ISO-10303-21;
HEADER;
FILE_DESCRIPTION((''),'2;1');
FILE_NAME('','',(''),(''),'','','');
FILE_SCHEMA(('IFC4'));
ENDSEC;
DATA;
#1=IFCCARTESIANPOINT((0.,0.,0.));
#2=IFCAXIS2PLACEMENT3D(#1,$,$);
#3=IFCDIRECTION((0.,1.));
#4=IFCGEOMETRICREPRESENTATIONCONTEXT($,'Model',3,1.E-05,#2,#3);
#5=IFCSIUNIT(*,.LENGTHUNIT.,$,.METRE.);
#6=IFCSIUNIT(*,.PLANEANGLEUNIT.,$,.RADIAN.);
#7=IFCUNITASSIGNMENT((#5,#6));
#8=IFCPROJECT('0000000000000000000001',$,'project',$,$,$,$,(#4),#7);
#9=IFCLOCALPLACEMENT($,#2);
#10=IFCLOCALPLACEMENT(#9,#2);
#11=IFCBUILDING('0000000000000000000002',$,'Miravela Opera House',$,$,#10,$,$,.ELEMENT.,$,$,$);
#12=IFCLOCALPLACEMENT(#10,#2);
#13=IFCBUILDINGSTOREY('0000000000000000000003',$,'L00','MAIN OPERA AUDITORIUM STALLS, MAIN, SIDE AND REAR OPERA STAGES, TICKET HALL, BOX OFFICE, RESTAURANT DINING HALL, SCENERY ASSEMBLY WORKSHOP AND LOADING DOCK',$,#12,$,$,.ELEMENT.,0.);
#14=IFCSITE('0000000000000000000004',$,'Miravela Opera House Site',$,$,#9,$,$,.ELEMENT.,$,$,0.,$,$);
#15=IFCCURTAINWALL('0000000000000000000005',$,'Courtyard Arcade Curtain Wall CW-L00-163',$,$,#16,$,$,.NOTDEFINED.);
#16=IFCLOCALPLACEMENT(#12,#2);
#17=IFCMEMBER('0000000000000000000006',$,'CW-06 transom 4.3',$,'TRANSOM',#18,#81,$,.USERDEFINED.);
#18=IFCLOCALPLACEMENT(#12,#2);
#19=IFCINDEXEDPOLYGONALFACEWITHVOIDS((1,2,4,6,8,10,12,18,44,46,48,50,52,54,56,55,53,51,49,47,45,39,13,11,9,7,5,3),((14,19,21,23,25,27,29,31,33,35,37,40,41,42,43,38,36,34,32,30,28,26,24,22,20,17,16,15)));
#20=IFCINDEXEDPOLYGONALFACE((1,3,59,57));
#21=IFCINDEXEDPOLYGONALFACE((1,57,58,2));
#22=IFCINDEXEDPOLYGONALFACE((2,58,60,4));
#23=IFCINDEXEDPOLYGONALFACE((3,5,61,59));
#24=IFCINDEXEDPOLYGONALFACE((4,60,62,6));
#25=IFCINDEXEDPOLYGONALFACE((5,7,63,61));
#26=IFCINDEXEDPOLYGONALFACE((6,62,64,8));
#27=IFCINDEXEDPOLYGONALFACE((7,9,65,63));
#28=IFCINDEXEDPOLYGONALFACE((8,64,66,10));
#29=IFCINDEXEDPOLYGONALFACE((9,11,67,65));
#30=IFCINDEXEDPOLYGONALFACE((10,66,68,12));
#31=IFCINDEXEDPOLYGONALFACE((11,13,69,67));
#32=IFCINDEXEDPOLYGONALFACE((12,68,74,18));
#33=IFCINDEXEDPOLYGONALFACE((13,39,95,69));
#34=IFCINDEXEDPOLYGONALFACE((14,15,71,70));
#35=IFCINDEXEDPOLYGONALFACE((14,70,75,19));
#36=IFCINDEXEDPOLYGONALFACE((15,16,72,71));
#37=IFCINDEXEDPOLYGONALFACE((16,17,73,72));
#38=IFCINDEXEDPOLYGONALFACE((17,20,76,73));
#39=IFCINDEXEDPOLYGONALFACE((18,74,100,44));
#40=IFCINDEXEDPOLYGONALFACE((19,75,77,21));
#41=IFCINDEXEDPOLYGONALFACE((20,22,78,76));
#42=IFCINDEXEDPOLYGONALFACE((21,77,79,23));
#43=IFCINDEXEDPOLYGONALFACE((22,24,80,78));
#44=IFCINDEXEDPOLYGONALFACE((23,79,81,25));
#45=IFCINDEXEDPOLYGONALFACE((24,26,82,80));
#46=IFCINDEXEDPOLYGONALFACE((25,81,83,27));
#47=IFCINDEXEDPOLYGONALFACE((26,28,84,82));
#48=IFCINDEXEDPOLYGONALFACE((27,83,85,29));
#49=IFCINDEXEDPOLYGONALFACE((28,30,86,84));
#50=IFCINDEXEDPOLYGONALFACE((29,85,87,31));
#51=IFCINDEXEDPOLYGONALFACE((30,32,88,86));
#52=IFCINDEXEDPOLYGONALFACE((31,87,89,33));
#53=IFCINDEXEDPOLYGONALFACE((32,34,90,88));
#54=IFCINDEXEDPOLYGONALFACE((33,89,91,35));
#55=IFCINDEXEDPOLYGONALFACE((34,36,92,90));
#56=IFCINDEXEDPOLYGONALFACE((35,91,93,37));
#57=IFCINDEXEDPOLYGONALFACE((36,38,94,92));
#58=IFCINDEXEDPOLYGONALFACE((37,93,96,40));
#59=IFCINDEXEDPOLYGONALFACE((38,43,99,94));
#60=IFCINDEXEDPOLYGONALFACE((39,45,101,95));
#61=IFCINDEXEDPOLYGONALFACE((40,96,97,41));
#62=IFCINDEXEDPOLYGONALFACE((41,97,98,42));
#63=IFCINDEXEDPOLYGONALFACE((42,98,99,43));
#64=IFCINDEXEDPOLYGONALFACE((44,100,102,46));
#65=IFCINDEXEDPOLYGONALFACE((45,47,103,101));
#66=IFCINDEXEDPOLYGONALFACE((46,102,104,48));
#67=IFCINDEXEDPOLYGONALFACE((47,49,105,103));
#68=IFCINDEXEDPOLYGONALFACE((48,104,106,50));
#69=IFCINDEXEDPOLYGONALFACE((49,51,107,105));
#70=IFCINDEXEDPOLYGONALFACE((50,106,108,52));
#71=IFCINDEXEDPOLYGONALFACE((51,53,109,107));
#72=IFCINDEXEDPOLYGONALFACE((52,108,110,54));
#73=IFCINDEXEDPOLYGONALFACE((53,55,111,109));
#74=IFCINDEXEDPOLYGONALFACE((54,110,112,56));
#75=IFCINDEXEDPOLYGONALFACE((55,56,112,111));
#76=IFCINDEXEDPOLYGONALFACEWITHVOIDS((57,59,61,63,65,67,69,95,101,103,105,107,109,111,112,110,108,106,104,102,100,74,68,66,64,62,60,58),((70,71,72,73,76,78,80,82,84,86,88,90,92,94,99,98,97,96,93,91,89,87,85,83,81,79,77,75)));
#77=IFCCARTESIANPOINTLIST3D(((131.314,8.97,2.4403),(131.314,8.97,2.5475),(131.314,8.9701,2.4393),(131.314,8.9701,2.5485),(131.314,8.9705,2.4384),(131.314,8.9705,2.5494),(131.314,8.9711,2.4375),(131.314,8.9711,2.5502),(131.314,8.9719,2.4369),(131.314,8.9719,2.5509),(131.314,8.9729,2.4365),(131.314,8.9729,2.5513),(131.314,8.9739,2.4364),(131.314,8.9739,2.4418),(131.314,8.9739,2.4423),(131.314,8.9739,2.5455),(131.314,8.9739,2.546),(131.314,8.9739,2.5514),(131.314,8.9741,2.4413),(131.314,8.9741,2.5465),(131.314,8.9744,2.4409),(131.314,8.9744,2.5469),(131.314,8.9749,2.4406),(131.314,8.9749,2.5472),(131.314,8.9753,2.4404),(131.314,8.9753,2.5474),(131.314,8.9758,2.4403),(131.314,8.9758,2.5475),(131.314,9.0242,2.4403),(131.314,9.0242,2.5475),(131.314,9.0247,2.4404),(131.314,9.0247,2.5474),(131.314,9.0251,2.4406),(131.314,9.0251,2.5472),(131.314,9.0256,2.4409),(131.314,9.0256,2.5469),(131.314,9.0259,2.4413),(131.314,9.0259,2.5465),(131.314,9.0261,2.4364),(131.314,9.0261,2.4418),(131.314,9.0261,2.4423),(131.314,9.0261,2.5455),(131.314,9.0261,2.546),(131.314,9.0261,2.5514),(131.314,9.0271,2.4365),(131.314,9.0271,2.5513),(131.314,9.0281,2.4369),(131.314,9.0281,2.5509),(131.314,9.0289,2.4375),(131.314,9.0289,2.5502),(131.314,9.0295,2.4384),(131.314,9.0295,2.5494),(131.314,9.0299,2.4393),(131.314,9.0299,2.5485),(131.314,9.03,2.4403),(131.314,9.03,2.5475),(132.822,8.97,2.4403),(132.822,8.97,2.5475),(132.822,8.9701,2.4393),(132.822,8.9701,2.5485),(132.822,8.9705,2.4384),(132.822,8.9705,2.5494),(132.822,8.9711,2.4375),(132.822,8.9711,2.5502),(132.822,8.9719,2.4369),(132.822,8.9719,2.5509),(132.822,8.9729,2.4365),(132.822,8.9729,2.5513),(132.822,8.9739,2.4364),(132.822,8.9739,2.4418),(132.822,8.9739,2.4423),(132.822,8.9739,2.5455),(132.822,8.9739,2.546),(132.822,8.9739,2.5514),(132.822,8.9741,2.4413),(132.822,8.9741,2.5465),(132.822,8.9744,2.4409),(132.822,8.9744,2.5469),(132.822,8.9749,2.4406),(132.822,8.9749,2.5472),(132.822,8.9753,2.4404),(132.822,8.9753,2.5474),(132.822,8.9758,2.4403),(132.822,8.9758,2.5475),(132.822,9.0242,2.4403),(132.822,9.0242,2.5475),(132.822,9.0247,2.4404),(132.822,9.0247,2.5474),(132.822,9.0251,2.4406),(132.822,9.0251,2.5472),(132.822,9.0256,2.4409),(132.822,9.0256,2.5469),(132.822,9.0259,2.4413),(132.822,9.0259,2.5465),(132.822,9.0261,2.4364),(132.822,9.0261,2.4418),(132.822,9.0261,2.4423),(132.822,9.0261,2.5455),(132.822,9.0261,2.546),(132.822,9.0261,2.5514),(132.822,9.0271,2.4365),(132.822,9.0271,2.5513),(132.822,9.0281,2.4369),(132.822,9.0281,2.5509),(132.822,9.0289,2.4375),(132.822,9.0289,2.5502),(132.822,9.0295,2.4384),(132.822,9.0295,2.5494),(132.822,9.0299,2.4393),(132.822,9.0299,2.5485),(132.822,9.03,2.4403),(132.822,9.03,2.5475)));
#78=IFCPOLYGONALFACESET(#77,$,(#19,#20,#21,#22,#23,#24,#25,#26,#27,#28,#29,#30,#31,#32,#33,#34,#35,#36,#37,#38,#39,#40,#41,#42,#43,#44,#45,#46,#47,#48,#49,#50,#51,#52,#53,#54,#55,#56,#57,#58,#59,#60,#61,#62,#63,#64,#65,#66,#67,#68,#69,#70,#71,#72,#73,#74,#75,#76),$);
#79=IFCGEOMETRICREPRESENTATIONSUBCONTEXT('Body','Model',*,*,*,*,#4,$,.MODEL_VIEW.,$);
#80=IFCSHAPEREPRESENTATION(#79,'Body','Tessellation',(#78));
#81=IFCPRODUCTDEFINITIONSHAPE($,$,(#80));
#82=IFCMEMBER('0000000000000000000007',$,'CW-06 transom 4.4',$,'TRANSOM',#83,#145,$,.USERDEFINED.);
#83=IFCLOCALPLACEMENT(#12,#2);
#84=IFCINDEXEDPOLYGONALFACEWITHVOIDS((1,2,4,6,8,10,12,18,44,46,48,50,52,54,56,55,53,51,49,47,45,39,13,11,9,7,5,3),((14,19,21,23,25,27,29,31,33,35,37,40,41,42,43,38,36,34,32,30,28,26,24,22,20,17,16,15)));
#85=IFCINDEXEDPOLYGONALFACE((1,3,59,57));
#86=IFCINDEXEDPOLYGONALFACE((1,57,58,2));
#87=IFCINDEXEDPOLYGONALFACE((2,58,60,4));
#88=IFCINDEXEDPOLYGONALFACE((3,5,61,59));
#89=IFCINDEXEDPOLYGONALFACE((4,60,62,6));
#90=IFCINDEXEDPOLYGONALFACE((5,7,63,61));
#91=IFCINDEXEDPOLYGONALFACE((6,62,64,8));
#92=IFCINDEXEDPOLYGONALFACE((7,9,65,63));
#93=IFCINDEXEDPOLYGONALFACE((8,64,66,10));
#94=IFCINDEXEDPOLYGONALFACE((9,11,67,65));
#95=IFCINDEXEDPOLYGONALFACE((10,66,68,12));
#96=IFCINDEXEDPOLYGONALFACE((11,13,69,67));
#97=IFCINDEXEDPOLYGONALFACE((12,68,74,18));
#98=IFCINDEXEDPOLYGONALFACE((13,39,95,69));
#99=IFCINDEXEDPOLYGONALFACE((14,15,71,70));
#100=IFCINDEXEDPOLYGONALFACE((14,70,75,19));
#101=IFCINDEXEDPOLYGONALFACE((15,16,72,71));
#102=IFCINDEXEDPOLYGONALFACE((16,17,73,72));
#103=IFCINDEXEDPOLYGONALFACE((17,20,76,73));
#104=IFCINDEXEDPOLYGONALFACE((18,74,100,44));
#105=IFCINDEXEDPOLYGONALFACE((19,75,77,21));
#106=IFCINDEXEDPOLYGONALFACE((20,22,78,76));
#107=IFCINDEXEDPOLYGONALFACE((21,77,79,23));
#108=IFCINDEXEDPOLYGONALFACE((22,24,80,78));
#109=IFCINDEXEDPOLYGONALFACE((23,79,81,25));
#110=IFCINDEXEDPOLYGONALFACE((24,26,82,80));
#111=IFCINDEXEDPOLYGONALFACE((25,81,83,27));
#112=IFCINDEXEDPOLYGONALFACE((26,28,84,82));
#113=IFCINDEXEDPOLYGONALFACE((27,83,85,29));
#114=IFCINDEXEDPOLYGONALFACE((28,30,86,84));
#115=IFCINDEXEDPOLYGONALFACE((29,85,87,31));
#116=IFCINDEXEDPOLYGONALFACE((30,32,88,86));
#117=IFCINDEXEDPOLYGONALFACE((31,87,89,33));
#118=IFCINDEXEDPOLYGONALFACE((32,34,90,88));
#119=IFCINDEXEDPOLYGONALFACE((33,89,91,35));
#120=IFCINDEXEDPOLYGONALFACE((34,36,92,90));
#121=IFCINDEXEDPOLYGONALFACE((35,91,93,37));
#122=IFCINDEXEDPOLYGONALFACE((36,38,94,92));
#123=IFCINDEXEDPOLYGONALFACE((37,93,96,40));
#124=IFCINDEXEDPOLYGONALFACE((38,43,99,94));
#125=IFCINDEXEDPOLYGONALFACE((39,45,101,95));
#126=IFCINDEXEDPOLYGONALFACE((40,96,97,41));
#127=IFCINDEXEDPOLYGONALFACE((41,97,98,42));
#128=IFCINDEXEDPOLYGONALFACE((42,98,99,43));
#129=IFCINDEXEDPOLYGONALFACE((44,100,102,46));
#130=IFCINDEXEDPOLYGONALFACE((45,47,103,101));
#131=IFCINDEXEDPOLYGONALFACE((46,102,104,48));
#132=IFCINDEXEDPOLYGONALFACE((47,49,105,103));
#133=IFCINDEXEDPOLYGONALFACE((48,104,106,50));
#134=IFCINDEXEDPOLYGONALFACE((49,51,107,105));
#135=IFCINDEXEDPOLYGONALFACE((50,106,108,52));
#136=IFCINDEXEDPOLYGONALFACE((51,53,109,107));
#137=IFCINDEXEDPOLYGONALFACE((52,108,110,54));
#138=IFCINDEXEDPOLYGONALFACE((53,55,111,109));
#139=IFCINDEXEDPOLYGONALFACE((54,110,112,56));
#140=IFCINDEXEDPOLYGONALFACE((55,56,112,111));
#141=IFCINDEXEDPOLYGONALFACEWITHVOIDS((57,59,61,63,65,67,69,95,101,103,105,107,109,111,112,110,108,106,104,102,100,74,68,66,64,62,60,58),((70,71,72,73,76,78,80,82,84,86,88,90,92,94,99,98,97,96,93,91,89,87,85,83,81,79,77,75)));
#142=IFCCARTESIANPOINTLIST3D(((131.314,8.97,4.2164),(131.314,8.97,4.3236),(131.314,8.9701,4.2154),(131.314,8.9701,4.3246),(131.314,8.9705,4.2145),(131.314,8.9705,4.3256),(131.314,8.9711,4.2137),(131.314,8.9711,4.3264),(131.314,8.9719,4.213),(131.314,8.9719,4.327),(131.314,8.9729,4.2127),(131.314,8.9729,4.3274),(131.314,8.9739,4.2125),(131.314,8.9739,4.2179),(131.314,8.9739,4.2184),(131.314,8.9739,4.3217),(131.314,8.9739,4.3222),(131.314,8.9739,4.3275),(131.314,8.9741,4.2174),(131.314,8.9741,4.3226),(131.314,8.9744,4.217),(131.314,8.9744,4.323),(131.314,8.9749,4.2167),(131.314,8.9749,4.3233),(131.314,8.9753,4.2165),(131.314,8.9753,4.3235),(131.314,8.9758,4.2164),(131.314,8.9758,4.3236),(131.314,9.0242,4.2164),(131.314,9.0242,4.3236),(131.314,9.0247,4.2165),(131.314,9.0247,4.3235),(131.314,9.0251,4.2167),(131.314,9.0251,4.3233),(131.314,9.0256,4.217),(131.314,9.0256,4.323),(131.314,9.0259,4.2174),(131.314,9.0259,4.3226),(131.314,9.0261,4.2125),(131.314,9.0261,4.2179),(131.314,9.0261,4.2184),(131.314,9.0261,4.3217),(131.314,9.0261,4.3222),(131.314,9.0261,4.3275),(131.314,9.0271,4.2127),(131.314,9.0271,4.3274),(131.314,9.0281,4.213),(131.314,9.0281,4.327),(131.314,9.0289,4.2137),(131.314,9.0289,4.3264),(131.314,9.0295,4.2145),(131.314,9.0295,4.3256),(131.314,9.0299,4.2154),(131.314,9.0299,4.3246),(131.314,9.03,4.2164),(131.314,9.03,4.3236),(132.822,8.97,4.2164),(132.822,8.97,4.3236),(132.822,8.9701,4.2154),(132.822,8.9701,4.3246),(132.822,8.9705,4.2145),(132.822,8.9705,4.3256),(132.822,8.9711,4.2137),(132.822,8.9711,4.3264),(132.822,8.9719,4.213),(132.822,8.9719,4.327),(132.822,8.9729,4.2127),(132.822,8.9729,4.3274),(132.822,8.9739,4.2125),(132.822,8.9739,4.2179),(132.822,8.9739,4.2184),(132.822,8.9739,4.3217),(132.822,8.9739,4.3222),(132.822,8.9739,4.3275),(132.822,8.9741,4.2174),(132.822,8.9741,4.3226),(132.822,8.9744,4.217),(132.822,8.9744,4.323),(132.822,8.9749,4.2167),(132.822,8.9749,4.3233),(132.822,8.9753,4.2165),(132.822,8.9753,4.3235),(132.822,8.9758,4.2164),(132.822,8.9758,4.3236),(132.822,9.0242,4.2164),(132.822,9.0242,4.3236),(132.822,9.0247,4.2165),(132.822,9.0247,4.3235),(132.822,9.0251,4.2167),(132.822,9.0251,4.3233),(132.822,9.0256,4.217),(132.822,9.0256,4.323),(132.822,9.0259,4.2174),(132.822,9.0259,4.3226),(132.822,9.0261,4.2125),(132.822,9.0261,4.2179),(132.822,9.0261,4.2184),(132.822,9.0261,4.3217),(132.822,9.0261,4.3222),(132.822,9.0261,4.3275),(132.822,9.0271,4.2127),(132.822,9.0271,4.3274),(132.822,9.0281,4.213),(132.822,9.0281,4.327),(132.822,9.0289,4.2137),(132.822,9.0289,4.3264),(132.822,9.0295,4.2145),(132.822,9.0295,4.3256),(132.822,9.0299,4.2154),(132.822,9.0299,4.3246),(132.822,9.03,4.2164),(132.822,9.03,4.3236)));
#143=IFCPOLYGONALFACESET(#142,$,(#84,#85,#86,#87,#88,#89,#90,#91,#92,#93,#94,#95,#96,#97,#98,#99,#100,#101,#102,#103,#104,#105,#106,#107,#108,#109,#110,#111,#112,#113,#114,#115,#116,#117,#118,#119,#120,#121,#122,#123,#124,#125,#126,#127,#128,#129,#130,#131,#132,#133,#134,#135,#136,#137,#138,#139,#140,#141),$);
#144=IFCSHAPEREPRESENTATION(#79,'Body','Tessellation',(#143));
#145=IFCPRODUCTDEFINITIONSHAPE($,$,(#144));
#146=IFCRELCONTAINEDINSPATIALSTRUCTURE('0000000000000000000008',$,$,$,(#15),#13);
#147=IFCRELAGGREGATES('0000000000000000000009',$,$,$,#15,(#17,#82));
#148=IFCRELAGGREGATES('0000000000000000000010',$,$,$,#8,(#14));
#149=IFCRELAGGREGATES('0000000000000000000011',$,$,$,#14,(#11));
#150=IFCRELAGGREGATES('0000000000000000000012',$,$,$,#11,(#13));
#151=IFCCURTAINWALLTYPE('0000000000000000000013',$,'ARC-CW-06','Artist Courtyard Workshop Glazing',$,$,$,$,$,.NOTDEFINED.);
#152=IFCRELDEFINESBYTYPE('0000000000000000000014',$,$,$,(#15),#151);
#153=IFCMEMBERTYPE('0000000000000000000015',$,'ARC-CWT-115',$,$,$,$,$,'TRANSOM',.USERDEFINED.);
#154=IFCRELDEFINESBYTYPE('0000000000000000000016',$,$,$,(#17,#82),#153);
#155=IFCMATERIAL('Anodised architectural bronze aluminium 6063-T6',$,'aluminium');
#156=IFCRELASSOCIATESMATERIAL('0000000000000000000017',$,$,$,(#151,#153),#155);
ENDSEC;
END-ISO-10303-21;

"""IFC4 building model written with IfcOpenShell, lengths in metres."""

from ifc_helpers import new_model, si_unit, direction, frame, origin, origin_2d, place, context, subcontext, project, spatial, hollow_rectangle, extrude, material, material_profile, profile_set, type_object, element, aggregate, save


model = new_model("IFC4")

# Units and contexts
model_context = context("Model", 3, precision=1e-05, world=origin(), true_north=direction((0.0, 1.0)))
body_context = subcontext(model_context, "Body", "Model", "MODEL_VIEW")
ifc_project = project(units=[si_unit("LENGTHUNIT", "METRE"), si_unit("PLANEANGLEUNIT", "RADIAN")], contexts=[model_context])

# Site, building, storey
site_placement = place(None, origin())
site = spatial("IfcSite", under=ifc_project, at=site_placement, Name="Miravela Opera House Site", CompositionType="ELEMENT", RefElevation=0.0)
building_placement = place(site_placement, origin())
building = spatial("IfcBuilding", under=site, at=building_placement, Name="Miravela Opera House", CompositionType="ELEMENT")
storey_placement = place(building_placement, origin())
storey = spatial("IfcBuildingStorey", under=building, at=storey_placement, Name="L00", Description="MAIN OPERA AUDITORIUM STALLS, MAIN, SIDE AND REAR OPERA STAGES, TICKET HALL, BOX OFFICE, RESTAURANT DINING HALL, SCENERY ASSEMBLY WORKSHOP AND LOADING DOCK", CompositionType="ELEMENT", Elevation=0.0)

# Shared definitions
ifc_material_1 = material(Name="Anodised architectural bronze aluminium 6063-T6", Category="aluminium")
curtain_wall_type = type_object("IfcCurtainWallType", Name="ARC-CW-06", Description="Artist Courtyard Workshop Glazing", PredefinedType="NOTDEFINED", material=ifc_material_1)

# Curtain wall
curtain_wall_1_placement = place(storey_placement, origin())
curtain_wall_1 = element("IfcCurtainWall", 1, at=curtain_wall_1_placement, inside=storey, type_object=curtain_wall_type, Name="Courtyard Arcade Curtain Wall CW-L00-163", PredefinedType="NOTDEFINED")

# Members
ifc_material_profile_1 = material_profile(ifc_material_1, hollow_rectangle(XDim=0.0601, YDim=0.115, WallThickness=0.0039, InnerFilletRadius=0.002, OuterFilletRadius=0.0039, at=origin_2d()), Name="CWT-60X115")
ifc_profile_set_1 = profile_set([ifc_material_profile_1])
member_type_1 = type_object("IfcMemberType", Name="ARC-CWT-115", ElementType="TRANSOM", PredefinedType="USERDEFINED", material=ifc_profile_set_1)
member_1_placement = place(storey_placement, frame((131.314, 9.0, 2.4939), z_axis=(1.0, 0.0, 0.0), x_axis=(0.0, 1.0, 0.0)))
member_1 = element("IfcMember", 2, at=member_1_placement, type_object=member_type_1, Name="CW-06 transom 4.3", ObjectType="TRANSOM", PredefinedType="USERDEFINED", context=body_context, shape_type="SweptSolid", body=[
    extrude(hollow_rectangle(XDim=0.0601, YDim=0.115, WallThickness=0.0039, InnerFilletRadius=0.002, OuterFilletRadius=0.0039, at=origin_2d()), origin(), (0.0, 0.0, 1.0), 1.5081),
])
member_2_placement = place(storey_placement, frame((131.314, 9.0, 4.27), z_axis=(1.0, 0.0, 0.0), x_axis=(0.0, 1.0, 0.0)))
member_2 = element("IfcMember", 3, at=member_2_placement, type_object=member_type_1, Name="CW-06 transom 4.4", ObjectType="TRANSOM", PredefinedType="USERDEFINED", context=body_context, shape_type="SweptSolid", body=[
    extrude(hollow_rectangle(XDim=0.0601, YDim=0.115, WallThickness=0.0039, InnerFilletRadius=0.002, OuterFilletRadius=0.0039, at=origin_2d()), origin(), (0.0, 0.0, 1.0), 1.5081),
])

aggregate(curtain_wall_1, [member_1, member_2])

save(model, "model.ifc")
